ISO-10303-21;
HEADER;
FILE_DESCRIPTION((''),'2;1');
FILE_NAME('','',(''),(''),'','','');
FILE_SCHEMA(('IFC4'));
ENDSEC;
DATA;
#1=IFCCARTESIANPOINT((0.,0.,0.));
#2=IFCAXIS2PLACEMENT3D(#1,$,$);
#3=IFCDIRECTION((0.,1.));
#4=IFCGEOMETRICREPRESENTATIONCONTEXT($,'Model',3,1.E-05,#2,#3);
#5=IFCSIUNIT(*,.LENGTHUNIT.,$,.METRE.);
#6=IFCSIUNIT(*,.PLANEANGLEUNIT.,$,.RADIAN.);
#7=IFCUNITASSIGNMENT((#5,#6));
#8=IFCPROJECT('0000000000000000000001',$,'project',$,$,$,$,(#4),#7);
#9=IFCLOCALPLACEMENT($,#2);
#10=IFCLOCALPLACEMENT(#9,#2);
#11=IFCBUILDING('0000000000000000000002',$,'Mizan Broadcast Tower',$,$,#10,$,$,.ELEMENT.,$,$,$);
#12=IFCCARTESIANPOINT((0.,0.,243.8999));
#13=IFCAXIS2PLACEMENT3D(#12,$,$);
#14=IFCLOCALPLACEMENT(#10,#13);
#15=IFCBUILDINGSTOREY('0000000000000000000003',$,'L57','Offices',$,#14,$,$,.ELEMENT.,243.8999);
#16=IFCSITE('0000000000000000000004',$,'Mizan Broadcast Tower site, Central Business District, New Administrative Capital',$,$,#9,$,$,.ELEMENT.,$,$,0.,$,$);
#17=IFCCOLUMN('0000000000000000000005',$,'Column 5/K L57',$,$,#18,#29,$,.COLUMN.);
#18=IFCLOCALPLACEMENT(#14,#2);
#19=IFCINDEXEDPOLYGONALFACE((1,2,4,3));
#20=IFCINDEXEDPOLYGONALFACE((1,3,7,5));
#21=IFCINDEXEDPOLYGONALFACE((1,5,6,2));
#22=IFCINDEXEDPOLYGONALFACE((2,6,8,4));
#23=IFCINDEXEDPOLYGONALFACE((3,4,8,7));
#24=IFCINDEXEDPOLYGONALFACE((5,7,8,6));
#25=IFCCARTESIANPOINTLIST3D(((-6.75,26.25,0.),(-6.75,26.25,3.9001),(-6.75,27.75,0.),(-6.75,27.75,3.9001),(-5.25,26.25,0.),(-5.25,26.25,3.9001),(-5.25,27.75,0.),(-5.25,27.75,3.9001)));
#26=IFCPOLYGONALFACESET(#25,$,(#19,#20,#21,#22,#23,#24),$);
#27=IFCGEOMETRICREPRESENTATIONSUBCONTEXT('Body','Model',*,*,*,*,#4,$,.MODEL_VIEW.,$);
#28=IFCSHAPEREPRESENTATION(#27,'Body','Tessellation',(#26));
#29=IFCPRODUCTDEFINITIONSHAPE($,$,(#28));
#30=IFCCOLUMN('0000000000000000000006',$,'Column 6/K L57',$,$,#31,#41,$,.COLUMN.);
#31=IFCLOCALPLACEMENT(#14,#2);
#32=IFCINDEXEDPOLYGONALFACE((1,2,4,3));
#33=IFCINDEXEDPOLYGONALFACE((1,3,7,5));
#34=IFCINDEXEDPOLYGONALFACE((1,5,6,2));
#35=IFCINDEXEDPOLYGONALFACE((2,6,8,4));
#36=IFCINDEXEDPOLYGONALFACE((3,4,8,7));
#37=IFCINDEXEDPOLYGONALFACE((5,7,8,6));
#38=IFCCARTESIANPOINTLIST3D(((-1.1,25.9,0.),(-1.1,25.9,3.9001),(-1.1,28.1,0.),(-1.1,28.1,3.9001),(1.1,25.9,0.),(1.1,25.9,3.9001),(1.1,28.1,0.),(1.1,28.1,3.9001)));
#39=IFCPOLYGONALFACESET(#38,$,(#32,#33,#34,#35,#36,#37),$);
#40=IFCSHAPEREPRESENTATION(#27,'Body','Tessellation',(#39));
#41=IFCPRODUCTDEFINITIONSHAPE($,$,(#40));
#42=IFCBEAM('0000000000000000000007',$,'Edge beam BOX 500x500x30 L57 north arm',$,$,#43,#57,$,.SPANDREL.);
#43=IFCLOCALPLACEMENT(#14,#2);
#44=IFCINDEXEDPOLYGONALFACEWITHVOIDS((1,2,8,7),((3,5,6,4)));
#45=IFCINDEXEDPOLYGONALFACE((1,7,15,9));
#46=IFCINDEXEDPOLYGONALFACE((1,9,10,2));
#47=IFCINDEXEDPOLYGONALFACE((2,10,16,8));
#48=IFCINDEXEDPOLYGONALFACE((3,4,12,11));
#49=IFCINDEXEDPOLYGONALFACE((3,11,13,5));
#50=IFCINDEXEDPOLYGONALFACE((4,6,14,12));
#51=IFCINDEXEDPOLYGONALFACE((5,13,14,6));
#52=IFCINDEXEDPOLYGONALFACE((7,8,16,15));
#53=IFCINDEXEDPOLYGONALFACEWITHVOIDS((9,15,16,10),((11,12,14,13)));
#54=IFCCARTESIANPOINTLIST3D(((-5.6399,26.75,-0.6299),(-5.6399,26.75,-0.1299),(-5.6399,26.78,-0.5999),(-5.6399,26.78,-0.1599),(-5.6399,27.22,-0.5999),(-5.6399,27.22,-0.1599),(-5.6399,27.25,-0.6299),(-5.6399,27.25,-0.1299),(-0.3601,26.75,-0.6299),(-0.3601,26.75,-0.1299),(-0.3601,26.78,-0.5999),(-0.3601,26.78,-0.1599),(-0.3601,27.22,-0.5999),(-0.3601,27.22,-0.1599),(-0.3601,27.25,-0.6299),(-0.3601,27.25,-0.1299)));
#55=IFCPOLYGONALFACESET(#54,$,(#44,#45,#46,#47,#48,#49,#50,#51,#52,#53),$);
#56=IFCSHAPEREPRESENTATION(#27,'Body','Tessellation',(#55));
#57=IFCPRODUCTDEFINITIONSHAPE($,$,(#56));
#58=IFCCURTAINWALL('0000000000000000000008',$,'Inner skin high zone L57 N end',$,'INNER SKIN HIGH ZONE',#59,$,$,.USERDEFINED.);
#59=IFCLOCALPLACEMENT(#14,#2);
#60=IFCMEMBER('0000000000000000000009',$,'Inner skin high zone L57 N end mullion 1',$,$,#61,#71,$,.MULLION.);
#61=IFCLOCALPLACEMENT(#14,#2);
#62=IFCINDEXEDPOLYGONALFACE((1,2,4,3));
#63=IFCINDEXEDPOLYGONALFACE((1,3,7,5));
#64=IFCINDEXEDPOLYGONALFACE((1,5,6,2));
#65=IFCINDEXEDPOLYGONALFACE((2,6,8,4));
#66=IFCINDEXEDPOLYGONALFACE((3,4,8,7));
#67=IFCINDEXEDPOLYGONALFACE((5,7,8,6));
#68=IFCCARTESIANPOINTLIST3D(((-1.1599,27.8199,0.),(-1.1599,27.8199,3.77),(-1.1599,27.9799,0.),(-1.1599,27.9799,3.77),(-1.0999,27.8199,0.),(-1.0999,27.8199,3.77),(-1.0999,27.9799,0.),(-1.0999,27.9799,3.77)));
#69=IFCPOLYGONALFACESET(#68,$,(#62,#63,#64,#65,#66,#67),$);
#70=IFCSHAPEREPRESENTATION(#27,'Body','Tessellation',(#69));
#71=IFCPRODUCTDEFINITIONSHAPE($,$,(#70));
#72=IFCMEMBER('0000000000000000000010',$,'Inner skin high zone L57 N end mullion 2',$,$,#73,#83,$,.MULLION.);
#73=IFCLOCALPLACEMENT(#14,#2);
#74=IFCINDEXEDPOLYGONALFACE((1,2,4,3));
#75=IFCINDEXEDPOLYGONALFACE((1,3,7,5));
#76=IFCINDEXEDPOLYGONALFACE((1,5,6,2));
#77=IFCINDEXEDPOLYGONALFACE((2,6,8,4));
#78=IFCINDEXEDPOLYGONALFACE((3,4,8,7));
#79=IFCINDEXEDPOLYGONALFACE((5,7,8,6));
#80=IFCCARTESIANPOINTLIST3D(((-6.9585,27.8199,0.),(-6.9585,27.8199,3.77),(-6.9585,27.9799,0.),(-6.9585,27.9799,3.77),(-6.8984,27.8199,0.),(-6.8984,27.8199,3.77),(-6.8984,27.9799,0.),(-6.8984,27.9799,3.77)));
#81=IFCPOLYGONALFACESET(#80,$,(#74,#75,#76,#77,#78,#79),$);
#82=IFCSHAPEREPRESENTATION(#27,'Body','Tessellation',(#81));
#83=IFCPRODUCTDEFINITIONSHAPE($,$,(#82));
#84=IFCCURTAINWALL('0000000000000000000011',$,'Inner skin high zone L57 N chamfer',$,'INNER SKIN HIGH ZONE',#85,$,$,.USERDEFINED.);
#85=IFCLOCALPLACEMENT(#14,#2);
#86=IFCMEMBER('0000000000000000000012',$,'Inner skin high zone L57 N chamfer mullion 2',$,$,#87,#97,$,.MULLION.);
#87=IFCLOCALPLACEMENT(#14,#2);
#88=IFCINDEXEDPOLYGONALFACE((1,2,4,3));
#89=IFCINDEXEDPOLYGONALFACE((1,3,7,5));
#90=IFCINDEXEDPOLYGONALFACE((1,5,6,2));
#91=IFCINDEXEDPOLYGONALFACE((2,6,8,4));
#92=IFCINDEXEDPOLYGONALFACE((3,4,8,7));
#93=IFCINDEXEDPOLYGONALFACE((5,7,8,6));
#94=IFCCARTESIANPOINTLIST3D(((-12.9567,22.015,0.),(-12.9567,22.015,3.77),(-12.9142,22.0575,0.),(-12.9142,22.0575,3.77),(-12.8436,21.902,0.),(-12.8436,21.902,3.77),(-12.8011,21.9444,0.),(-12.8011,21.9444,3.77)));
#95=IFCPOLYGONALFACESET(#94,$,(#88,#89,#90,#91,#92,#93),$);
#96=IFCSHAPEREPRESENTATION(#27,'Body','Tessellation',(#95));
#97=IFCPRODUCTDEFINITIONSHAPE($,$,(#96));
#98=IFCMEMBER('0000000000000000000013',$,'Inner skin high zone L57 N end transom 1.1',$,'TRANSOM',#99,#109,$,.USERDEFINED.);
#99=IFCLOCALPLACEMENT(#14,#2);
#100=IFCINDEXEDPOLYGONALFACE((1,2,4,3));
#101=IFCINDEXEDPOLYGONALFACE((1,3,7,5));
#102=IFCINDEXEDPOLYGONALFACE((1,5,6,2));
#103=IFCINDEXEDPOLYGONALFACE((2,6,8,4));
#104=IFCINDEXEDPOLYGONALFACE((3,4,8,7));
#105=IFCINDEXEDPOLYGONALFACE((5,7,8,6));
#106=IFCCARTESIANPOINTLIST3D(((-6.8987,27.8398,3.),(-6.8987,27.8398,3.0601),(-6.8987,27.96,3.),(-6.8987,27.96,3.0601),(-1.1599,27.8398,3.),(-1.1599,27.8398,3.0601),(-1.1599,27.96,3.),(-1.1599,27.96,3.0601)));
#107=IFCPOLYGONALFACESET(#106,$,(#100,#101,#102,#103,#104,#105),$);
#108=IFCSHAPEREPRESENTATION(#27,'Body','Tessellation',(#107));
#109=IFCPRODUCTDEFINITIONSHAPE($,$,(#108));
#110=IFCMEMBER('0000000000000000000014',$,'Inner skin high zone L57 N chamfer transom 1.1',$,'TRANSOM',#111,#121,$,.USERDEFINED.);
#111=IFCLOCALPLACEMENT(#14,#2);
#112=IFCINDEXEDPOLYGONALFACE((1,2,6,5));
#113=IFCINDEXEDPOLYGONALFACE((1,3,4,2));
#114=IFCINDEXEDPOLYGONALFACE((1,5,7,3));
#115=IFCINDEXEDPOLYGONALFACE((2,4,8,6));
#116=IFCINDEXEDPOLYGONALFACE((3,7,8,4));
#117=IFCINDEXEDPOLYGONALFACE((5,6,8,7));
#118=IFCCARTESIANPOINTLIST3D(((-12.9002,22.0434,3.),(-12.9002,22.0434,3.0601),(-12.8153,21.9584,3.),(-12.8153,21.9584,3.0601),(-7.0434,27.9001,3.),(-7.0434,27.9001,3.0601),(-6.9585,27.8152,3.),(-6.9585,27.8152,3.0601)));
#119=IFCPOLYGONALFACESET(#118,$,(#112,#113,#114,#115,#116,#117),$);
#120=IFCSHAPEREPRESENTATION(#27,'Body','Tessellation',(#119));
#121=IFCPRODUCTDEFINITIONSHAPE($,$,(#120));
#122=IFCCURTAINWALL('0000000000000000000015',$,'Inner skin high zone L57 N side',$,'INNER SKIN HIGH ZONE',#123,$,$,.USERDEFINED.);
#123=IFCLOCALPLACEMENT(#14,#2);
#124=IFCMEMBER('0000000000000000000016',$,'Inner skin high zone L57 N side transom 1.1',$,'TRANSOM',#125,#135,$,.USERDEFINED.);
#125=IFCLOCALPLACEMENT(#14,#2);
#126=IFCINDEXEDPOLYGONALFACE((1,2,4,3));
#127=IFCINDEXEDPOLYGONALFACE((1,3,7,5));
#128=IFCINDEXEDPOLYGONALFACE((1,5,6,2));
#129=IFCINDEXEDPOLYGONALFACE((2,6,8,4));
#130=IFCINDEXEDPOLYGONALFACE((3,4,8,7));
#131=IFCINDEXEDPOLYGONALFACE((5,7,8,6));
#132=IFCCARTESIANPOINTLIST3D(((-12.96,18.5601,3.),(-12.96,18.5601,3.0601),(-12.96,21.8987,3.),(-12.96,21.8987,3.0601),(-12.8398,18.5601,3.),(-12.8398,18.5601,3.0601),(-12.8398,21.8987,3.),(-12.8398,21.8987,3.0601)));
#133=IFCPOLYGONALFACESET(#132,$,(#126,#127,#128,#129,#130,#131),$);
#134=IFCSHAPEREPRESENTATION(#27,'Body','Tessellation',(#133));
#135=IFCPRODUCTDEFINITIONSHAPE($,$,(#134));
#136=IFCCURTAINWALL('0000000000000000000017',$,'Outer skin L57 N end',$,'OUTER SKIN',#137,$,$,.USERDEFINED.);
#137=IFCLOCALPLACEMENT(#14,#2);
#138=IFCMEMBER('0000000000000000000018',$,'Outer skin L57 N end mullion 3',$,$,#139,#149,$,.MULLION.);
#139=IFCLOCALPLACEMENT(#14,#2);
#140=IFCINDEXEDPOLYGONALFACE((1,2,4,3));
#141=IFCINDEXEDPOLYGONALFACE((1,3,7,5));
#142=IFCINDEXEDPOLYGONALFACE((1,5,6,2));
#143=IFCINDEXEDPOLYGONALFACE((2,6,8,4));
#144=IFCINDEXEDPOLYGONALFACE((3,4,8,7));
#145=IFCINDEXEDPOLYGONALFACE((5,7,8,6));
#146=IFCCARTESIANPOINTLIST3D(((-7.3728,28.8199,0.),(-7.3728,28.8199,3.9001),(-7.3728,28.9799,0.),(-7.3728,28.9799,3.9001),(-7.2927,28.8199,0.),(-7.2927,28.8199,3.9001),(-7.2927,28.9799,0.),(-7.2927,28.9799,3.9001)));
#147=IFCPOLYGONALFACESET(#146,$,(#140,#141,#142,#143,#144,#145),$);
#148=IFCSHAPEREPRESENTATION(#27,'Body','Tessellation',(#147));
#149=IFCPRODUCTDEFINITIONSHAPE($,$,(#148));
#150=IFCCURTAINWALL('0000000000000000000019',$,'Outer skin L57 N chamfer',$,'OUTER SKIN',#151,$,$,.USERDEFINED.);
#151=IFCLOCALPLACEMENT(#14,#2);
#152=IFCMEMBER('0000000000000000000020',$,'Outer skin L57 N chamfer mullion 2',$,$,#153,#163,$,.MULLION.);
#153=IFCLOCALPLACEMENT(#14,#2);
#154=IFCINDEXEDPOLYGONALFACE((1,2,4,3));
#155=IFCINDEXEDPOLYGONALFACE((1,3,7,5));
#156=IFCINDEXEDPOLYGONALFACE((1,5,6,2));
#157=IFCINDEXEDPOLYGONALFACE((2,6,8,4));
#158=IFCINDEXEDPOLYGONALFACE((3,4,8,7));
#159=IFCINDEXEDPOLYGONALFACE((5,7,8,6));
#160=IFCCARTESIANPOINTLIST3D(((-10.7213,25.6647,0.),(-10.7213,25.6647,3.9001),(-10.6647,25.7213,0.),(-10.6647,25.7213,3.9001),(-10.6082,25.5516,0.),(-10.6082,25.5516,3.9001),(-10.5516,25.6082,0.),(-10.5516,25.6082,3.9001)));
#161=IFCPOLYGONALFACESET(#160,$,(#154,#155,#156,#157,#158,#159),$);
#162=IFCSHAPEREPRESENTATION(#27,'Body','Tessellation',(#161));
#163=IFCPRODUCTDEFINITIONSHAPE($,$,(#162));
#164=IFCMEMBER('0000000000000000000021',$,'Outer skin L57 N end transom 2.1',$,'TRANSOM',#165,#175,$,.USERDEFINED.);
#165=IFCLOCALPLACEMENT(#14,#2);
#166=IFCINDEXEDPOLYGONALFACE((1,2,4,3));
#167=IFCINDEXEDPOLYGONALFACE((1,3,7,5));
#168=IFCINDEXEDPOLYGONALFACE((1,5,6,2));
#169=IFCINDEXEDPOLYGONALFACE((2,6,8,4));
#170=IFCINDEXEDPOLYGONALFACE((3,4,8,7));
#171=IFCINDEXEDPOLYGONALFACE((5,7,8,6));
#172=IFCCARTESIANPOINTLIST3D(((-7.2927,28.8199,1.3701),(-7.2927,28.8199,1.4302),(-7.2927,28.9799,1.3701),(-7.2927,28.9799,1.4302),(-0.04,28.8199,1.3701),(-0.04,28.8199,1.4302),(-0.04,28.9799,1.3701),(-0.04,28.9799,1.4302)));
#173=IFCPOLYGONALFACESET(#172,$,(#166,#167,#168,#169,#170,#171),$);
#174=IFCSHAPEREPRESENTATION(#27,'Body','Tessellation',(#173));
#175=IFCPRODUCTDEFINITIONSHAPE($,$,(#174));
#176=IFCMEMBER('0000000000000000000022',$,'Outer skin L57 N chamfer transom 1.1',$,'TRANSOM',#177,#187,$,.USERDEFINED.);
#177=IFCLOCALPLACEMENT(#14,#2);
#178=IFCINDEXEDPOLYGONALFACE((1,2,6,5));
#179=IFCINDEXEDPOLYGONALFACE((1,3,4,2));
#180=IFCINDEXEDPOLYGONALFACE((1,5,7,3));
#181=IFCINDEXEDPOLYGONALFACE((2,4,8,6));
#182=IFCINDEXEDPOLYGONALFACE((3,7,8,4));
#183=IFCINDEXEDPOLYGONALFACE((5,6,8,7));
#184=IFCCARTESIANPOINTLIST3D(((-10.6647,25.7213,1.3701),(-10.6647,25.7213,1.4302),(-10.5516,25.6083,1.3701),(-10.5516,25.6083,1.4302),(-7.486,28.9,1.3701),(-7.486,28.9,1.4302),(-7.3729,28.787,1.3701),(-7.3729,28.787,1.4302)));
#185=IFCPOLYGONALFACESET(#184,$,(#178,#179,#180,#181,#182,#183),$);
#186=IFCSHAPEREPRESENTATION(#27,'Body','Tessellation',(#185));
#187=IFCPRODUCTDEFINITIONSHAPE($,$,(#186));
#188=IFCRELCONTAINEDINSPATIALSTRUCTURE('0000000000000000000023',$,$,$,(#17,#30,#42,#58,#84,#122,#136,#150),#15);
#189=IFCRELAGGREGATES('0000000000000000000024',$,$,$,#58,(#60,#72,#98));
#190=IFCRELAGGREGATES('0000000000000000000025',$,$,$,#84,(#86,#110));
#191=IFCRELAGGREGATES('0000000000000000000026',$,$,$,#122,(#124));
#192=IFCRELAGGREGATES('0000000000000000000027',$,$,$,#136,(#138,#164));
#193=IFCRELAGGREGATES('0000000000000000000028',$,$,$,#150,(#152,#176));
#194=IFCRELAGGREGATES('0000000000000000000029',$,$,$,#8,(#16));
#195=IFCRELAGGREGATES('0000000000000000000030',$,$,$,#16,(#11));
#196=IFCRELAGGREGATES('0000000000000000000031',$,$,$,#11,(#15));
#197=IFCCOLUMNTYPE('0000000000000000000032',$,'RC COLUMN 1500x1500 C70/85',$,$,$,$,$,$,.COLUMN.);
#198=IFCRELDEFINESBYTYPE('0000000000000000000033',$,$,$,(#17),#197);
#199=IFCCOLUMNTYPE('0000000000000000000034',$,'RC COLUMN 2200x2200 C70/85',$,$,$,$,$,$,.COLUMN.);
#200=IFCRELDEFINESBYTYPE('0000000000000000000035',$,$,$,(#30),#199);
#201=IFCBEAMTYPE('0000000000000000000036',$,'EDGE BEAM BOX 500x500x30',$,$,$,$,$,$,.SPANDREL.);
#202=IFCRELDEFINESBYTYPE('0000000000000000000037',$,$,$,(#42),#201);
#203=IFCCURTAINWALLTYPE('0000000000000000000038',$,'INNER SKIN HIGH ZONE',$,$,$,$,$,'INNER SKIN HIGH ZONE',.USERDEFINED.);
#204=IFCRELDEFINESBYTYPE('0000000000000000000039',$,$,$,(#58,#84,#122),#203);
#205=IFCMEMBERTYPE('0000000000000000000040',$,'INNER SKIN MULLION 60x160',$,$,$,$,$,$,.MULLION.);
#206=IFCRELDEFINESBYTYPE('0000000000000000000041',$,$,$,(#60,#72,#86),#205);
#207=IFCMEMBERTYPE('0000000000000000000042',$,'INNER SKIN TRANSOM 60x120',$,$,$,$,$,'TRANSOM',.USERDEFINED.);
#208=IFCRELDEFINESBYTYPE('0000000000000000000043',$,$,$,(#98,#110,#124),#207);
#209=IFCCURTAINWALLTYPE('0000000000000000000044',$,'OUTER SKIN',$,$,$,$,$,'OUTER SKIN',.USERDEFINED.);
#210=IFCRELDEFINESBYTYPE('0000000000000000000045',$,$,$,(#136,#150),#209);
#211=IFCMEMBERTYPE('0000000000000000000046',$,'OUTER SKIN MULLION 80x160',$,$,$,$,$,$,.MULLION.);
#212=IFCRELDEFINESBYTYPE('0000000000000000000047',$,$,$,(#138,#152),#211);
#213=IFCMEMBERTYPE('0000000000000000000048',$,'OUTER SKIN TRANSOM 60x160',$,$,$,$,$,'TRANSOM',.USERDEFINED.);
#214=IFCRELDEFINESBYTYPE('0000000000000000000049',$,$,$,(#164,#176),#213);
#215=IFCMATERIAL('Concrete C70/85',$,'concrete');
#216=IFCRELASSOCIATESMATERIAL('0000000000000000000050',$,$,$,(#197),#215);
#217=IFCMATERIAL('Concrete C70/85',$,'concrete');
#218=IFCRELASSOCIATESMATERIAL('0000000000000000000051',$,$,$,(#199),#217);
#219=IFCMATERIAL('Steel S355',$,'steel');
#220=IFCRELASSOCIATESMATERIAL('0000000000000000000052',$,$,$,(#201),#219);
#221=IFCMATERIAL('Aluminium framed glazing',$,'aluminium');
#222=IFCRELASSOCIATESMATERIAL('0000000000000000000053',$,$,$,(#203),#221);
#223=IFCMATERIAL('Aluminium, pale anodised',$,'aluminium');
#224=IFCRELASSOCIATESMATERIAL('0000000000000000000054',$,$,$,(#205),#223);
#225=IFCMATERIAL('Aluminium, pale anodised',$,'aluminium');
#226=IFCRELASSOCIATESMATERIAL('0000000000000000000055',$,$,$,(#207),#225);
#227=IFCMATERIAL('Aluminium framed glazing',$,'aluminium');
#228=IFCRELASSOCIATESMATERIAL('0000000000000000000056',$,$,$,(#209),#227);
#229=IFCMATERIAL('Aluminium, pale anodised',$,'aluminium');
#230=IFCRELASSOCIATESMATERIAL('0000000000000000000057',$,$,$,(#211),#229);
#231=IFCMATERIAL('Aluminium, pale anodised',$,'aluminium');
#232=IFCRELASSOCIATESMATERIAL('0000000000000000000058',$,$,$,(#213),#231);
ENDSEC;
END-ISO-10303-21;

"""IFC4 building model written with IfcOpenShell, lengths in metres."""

from ifc_helpers import new_model, si_unit, direction, frame, origin, origin_2d, place, context, subcontext, project, spatial, rectangle, hollow_rectangle, extrude, material, material_profile, profile_set, type_object, element, aggregate, save


model = new_model("IFC4")

# Units and contexts
model_context = context("Model", 3, precision=1e-05, world=origin(), true_north=direction((0.0, 1.0)))
body_context = subcontext(model_context, "Body", "Model", "MODEL_VIEW")
ifc_project = project(units=[si_unit("LENGTHUNIT", "METRE"), si_unit("PLANEANGLEUNIT", "RADIAN")], contexts=[model_context])

# Site, building, storey
site_placement = place(None, origin())
site = spatial("IfcSite", under=ifc_project, at=site_placement, Name="Mizan Broadcast Tower site, Central Business District, New Administrative Capital", CompositionType="ELEMENT", RefElevation=0.0)
building_placement = place(site_placement, origin())
building = spatial("IfcBuilding", under=site, at=building_placement, Name="Mizan Broadcast Tower", CompositionType="ELEMENT")
storey_placement = place(building_placement, frame((0.0, 0.0, 243.8999)))
storey = spatial("IfcBuildingStorey", under=building, at=storey_placement, Name="L57", Description="Offices", CompositionType="ELEMENT", Elevation=243.8999)

# Columns
ifc_material_1 = material(Name="Concrete C70/85", Category="concrete")
ifc_material_profile_1 = material_profile(ifc_material_1, rectangle(XDim=1.5, YDim=1.5, at=origin_2d()), Name="RC 1500x1500")
ifc_profile_set_1 = profile_set([ifc_material_profile_1], Name="Concrete C70/85")
column_type_1 = type_object("IfcColumnType", Name="RC COLUMN 1500x1500 C70/85", PredefinedType="COLUMN", material=ifc_profile_set_1)
column_1_placement = place(storey_placement, frame((-6.0, 27.0, 0.0), z_axis=(0.0, 0.0, 1.0), x_axis=(1.0, 0.0, 0.0)))
element("IfcColumn", 1, at=column_1_placement, inside=storey, type_object=column_type_1, Name="Column 5/K L57", PredefinedType="COLUMN", context=body_context, shape_type="SweptSolid", body=[
    extrude(rectangle(XDim=1.5, YDim=1.5, at=origin_2d()), origin(), (0.0, 0.0, 1.0), 3.9001),
])
ifc_material_2 = material(Name="Concrete C70/85", Category="concrete")
ifc_material_profile_2 = material_profile(ifc_material_2, rectangle(XDim=2.2, YDim=2.2, at=origin_2d()), Name="RC 2200x2200")
ifc_profile_set_2 = profile_set([ifc_material_profile_2], Name="Concrete C70/85")
column_type_2 = type_object("IfcColumnType", Name="RC COLUMN 2200x2200 C70/85", PredefinedType="COLUMN", material=ifc_profile_set_2)
column_2_placement = place(storey_placement, frame((0.0, 27.0, 0.0), z_axis=(0.0, 0.0, 1.0), x_axis=(1.0, 0.0, 0.0)))
element("IfcColumn", 2, at=column_2_placement, inside=storey, type_object=column_type_2, Name="Column 6/K L57", PredefinedType="COLUMN", context=body_context, shape_type="SweptSolid", body=[
    extrude(rectangle(XDim=2.2, YDim=2.2, at=origin_2d()), origin(), (0.0, 0.0, 1.0), 3.9001),
])

# Beam
ifc_material_3 = material(Name="Steel S355", Category="steel")
ifc_material_profile_3 = material_profile(ifc_material_3, hollow_rectangle(XDim=0.5, YDim=0.5, WallThickness=0.03, at=origin_2d()), Name="BOX 500x500x30")
ifc_profile_set_3 = profile_set([ifc_material_profile_3], Name="Steel S355")
beam_type_1 = type_object("IfcBeamType", Name="EDGE BEAM BOX 500x500x30", PredefinedType="SPANDREL", material=ifc_profile_set_3)
beam_1_placement = place(storey_placement, frame((-5.6399, 27.0, -0.3799), z_axis=(1.0, 0.0, 0.0), x_axis=(0.0, 1.0, 0.0)))
element("IfcBeam", 3, at=beam_1_placement, inside=storey, type_object=beam_type_1, Name="Edge beam BOX 500x500x30 L57 north arm", PredefinedType="SPANDREL", context=body_context, shape_type="SweptSolid", body=[
    extrude(hollow_rectangle(XDim=0.5, YDim=0.5, WallThickness=0.03, at=origin_2d()), origin(), (0.0, 0.0, 1.0), 5.2798),
])

# Curtain wall, members
ifc_material_4 = material(Name="Aluminium framed glazing", Category="aluminium")
curtain_wall_type_1 = type_object("IfcCurtainWallType", Name="INNER SKIN HIGH ZONE", ElementType="INNER SKIN HIGH ZONE", PredefinedType="USERDEFINED", material=ifc_material_4)
curtain_wall_1_placement = place(storey_placement, origin())
curtain_wall_1 = element("IfcCurtainWall", 4, at=curtain_wall_1_placement, inside=storey, type_object=curtain_wall_type_1, Name="Inner skin high zone L57 N end", ObjectType="INNER SKIN HIGH ZONE", PredefinedType="USERDEFINED")
ifc_material_5 = material(Name="Aluminium, pale anodised", Category="aluminium")
ifc_material_profile_4 = material_profile(ifc_material_5, rectangle(XDim=0.1599, YDim=0.0601, at=origin_2d()), Name="MULLION 160x60")
ifc_profile_set_4 = profile_set([ifc_material_profile_4], Name="Aluminium, pale anodised")
member_type_1 = type_object("IfcMemberType", Name="INNER SKIN MULLION 60x160", PredefinedType="MULLION", material=ifc_profile_set_4)
member_1_placement = place(storey_placement, frame((-1.1299, 27.8999, 0.0), z_axis=(0.0, 0.0, 1.0), x_axis=(0.0, -1.0, 0.0)))
member_1 = element("IfcMember", 5, at=member_1_placement, type_object=member_type_1, Name="Inner skin high zone L57 N end mullion 1", PredefinedType="MULLION", context=body_context, shape_type="SweptSolid", body=[
    extrude(rectangle(XDim=0.1599, YDim=0.0601, at=origin_2d()), origin(), (0.0, 0.0, 1.0), 3.77),
])
member_2_placement = place(storey_placement, frame((-6.9285, 27.8999, 0.0), z_axis=(0.0, 0.0, 1.0), x_axis=(0.0, -1.0, 0.0)))
member_2 = element("IfcMember", 6, at=member_2_placement, type_object=member_type_1, Name="Inner skin high zone L57 N end mullion 2", PredefinedType="MULLION", context=body_context, shape_type="SweptSolid", body=[
    extrude(rectangle(XDim=0.1599, YDim=0.0601, at=origin_2d()), origin(), (0.0, 0.0, 1.0), 3.77),
])

# Curtain wall, member
curtain_wall_2_placement = place(storey_placement, origin())
curtain_wall_2 = element("IfcCurtainWall", 7, at=curtain_wall_2_placement, inside=storey, type_object=curtain_wall_type_1, Name="Inner skin high zone L57 N chamfer", ObjectType="INNER SKIN HIGH ZONE", PredefinedType="USERDEFINED")
member_3_placement = place(storey_placement, frame((-12.8789, 21.9797, 0.0), z_axis=(0.0, 0.0, 1.0), x_axis=(0.707107, -0.707107, 0.0)))
member_3 = element("IfcMember", 8, at=member_3_placement, type_object=member_type_1, Name="Inner skin high zone L57 N chamfer mullion 2", PredefinedType="MULLION", context=body_context, shape_type="SweptSolid", body=[
    extrude(rectangle(XDim=0.1599, YDim=0.0601, at=origin_2d()), origin(), (0.0, 0.0, 1.0), 3.77),
])

# Members
ifc_material_6 = material(Name="Aluminium, pale anodised", Category="aluminium")
ifc_material_profile_5 = material_profile(ifc_material_6, rectangle(XDim=0.1201, YDim=0.0601, at=origin_2d()), Name="TRANSOM 120x60")
ifc_profile_set_5 = profile_set([ifc_material_profile_5], Name="Aluminium, pale anodised")
member_type_2 = type_object("IfcMemberType", Name="INNER SKIN TRANSOM 60x120", ElementType="TRANSOM", PredefinedType="USERDEFINED", material=ifc_profile_set_5)
member_4_placement = place(storey_placement, frame((-1.1599, 27.8999, 3.03), z_axis=(-1.0, 0.0, 0.0), x_axis=(0.0, -1.0, 0.0)))
member_4 = element("IfcMember", 9, at=member_4_placement, type_object=member_type_2, Name="Inner skin high zone L57 N end transom 1.1", ObjectType="TRANSOM", PredefinedType="USERDEFINED", context=body_context, shape_type="SweptSolid", body=[
    extrude(rectangle(XDim=0.1201, YDim=0.0601, at=origin_2d()), origin(), (0.0, 0.0, 1.0), 5.7388),
])
member_5_placement = place(storey_placement, frame((-7.001, 27.8577, 3.03), z_axis=(-0.707107, -0.707107, 0.0), x_axis=(0.707107, -0.707107, 0.0)))
member_5 = element("IfcMember", 10, at=member_5_placement, type_object=member_type_2, Name="Inner skin high zone L57 N chamfer transom 1.1", ObjectType="TRANSOM", PredefinedType="USERDEFINED", context=body_context, shape_type="SweptSolid", body=[
    extrude(rectangle(XDim=0.1201, YDim=0.0601, at=origin_2d()), origin(), (0.0, 0.0, 1.0), 8.2827),
])

# Curtain walls, members
curtain_wall_3_placement = place(storey_placement, origin())
curtain_wall_3 = element("IfcCurtainWall", 11, at=curtain_wall_3_placement, inside=storey, type_object=curtain_wall_type_1, Name="Inner skin high zone L57 N side", ObjectType="INNER SKIN HIGH ZONE", PredefinedType="USERDEFINED")
member_6_placement = place(storey_placement, frame((-12.8999, 21.8987, 3.03), z_axis=(0.0, -1.0, 0.0), x_axis=(1.0, 0.0, 0.0)))
member_6 = element("IfcMember", 12, at=member_6_placement, type_object=member_type_2, Name="Inner skin high zone L57 N side transom 1.1", ObjectType="TRANSOM", PredefinedType="USERDEFINED", context=body_context, shape_type="SweptSolid", body=[
    extrude(rectangle(XDim=0.1201, YDim=0.0601, at=origin_2d()), origin(), (0.0, 0.0, 1.0), 3.3386),
])
ifc_material_7 = material(Name="Aluminium framed glazing", Category="aluminium")
curtain_wall_type_2 = type_object("IfcCurtainWallType", Name="OUTER SKIN", ElementType="OUTER SKIN", PredefinedType="USERDEFINED", material=ifc_material_7)
curtain_wall_4_placement = place(storey_placement, origin())
curtain_wall_4 = element("IfcCurtainWall", 13, at=curtain_wall_4_placement, inside=storey, type_object=curtain_wall_type_2, Name="Outer skin L57 N end", ObjectType="OUTER SKIN", PredefinedType="USERDEFINED")
ifc_material_8 = material(Name="Aluminium, pale anodised", Category="aluminium")
ifc_material_profile_6 = material_profile(ifc_material_8, rectangle(XDim=0.1599, YDim=0.0801, at=origin_2d()), Name="MULLION 160x80")
ifc_profile_set_6 = profile_set([ifc_material_profile_6], Name="Aluminium, pale anodised")
member_type_3 = type_object("IfcMemberType", Name="OUTER SKIN MULLION 80x160", PredefinedType="MULLION", material=ifc_profile_set_6)
member_7_placement = place(storey_placement, frame((-7.3328, 28.8999, 0.0), z_axis=(0.0, 0.0, 1.0), x_axis=(0.0, -1.0, 0.0)))
member_7 = element("IfcMember", 14, at=member_7_placement, type_object=member_type_3, Name="Outer skin L57 N end mullion 3", PredefinedType="MULLION", context=body_context, shape_type="SweptSolid", body=[
    extrude(rectangle(XDim=0.1599, YDim=0.0801, at=origin_2d()), origin(), (0.0, 0.0, 1.0), 3.9001),
])
curtain_wall_5_placement = place(storey_placement, origin())
curtain_wall_5 = element("IfcCurtainWall", 15, at=curtain_wall_5_placement, inside=storey, type_object=curtain_wall_type_2, Name="Outer skin L57 N chamfer", ObjectType="OUTER SKIN", PredefinedType="USERDEFINED")
member_8_placement = place(storey_placement, frame((-10.6365, 25.6365, 0.0), z_axis=(0.0, 0.0, 1.0), x_axis=(0.707107, -0.707107, 0.0)))
member_8 = element("IfcMember", 16, at=member_8_placement, type_object=member_type_3, Name="Outer skin L57 N chamfer mullion 2", PredefinedType="MULLION", context=body_context, shape_type="SweptSolid", body=[
    extrude(rectangle(XDim=0.1599, YDim=0.0801, at=origin_2d()), origin(), (0.0, 0.0, 1.0), 3.9001),
])

# Members
ifc_material_9 = material(Name="Aluminium, pale anodised", Category="aluminium")
ifc_material_profile_7 = material_profile(ifc_material_9, rectangle(XDim=0.1599, YDim=0.0601, at=origin_2d()), Name="TRANSOM 160x60")
ifc_profile_set_7 = profile_set([ifc_material_profile_7], Name="Aluminium, pale anodised")
member_type_4 = type_object("IfcMemberType", Name="OUTER SKIN TRANSOM 60x160", ElementType="TRANSOM", PredefinedType="USERDEFINED", material=ifc_profile_set_7)
member_9_placement = place(storey_placement, frame((-0.04, 28.8999, 1.4001), z_axis=(-1.0, 0.0, 0.0), x_axis=(0.0, -1.0, 0.0)))
member_9 = element("IfcMember", 17, at=member_9_placement, type_object=member_type_4, Name="Outer skin L57 N end transom 2.1", ObjectType="TRANSOM", PredefinedType="USERDEFINED", context=body_context, shape_type="SweptSolid", body=[
    extrude(rectangle(XDim=0.1599, YDim=0.0601, at=origin_2d()), origin(), (0.0, 0.0, 1.0), 7.2527),
])
member_10_placement = place(storey_placement, frame((-7.4294, 28.8435, 1.4001), z_axis=(-0.707107, -0.707107, 0.0), x_axis=(0.707107, -0.707107, 0.0)))
member_10 = element("IfcMember", 18, at=member_10_placement, type_object=member_type_4, Name="Outer skin L57 N chamfer transom 1.1", ObjectType="TRANSOM", PredefinedType="USERDEFINED", context=body_context, shape_type="SweptSolid", body=[
    extrude(rectangle(XDim=0.1599, YDim=0.0601, at=origin_2d()), origin(), (0.0, 0.0, 1.0), 4.4954),
])

aggregate(curtain_wall_1, [member_1, member_2, member_4])
aggregate(curtain_wall_2, [member_3, member_5])
aggregate(curtain_wall_3, [member_6])
aggregate(curtain_wall_4, [member_7, member_9])
aggregate(curtain_wall_5, [member_8, member_10])

save(model, "model.ifc")
